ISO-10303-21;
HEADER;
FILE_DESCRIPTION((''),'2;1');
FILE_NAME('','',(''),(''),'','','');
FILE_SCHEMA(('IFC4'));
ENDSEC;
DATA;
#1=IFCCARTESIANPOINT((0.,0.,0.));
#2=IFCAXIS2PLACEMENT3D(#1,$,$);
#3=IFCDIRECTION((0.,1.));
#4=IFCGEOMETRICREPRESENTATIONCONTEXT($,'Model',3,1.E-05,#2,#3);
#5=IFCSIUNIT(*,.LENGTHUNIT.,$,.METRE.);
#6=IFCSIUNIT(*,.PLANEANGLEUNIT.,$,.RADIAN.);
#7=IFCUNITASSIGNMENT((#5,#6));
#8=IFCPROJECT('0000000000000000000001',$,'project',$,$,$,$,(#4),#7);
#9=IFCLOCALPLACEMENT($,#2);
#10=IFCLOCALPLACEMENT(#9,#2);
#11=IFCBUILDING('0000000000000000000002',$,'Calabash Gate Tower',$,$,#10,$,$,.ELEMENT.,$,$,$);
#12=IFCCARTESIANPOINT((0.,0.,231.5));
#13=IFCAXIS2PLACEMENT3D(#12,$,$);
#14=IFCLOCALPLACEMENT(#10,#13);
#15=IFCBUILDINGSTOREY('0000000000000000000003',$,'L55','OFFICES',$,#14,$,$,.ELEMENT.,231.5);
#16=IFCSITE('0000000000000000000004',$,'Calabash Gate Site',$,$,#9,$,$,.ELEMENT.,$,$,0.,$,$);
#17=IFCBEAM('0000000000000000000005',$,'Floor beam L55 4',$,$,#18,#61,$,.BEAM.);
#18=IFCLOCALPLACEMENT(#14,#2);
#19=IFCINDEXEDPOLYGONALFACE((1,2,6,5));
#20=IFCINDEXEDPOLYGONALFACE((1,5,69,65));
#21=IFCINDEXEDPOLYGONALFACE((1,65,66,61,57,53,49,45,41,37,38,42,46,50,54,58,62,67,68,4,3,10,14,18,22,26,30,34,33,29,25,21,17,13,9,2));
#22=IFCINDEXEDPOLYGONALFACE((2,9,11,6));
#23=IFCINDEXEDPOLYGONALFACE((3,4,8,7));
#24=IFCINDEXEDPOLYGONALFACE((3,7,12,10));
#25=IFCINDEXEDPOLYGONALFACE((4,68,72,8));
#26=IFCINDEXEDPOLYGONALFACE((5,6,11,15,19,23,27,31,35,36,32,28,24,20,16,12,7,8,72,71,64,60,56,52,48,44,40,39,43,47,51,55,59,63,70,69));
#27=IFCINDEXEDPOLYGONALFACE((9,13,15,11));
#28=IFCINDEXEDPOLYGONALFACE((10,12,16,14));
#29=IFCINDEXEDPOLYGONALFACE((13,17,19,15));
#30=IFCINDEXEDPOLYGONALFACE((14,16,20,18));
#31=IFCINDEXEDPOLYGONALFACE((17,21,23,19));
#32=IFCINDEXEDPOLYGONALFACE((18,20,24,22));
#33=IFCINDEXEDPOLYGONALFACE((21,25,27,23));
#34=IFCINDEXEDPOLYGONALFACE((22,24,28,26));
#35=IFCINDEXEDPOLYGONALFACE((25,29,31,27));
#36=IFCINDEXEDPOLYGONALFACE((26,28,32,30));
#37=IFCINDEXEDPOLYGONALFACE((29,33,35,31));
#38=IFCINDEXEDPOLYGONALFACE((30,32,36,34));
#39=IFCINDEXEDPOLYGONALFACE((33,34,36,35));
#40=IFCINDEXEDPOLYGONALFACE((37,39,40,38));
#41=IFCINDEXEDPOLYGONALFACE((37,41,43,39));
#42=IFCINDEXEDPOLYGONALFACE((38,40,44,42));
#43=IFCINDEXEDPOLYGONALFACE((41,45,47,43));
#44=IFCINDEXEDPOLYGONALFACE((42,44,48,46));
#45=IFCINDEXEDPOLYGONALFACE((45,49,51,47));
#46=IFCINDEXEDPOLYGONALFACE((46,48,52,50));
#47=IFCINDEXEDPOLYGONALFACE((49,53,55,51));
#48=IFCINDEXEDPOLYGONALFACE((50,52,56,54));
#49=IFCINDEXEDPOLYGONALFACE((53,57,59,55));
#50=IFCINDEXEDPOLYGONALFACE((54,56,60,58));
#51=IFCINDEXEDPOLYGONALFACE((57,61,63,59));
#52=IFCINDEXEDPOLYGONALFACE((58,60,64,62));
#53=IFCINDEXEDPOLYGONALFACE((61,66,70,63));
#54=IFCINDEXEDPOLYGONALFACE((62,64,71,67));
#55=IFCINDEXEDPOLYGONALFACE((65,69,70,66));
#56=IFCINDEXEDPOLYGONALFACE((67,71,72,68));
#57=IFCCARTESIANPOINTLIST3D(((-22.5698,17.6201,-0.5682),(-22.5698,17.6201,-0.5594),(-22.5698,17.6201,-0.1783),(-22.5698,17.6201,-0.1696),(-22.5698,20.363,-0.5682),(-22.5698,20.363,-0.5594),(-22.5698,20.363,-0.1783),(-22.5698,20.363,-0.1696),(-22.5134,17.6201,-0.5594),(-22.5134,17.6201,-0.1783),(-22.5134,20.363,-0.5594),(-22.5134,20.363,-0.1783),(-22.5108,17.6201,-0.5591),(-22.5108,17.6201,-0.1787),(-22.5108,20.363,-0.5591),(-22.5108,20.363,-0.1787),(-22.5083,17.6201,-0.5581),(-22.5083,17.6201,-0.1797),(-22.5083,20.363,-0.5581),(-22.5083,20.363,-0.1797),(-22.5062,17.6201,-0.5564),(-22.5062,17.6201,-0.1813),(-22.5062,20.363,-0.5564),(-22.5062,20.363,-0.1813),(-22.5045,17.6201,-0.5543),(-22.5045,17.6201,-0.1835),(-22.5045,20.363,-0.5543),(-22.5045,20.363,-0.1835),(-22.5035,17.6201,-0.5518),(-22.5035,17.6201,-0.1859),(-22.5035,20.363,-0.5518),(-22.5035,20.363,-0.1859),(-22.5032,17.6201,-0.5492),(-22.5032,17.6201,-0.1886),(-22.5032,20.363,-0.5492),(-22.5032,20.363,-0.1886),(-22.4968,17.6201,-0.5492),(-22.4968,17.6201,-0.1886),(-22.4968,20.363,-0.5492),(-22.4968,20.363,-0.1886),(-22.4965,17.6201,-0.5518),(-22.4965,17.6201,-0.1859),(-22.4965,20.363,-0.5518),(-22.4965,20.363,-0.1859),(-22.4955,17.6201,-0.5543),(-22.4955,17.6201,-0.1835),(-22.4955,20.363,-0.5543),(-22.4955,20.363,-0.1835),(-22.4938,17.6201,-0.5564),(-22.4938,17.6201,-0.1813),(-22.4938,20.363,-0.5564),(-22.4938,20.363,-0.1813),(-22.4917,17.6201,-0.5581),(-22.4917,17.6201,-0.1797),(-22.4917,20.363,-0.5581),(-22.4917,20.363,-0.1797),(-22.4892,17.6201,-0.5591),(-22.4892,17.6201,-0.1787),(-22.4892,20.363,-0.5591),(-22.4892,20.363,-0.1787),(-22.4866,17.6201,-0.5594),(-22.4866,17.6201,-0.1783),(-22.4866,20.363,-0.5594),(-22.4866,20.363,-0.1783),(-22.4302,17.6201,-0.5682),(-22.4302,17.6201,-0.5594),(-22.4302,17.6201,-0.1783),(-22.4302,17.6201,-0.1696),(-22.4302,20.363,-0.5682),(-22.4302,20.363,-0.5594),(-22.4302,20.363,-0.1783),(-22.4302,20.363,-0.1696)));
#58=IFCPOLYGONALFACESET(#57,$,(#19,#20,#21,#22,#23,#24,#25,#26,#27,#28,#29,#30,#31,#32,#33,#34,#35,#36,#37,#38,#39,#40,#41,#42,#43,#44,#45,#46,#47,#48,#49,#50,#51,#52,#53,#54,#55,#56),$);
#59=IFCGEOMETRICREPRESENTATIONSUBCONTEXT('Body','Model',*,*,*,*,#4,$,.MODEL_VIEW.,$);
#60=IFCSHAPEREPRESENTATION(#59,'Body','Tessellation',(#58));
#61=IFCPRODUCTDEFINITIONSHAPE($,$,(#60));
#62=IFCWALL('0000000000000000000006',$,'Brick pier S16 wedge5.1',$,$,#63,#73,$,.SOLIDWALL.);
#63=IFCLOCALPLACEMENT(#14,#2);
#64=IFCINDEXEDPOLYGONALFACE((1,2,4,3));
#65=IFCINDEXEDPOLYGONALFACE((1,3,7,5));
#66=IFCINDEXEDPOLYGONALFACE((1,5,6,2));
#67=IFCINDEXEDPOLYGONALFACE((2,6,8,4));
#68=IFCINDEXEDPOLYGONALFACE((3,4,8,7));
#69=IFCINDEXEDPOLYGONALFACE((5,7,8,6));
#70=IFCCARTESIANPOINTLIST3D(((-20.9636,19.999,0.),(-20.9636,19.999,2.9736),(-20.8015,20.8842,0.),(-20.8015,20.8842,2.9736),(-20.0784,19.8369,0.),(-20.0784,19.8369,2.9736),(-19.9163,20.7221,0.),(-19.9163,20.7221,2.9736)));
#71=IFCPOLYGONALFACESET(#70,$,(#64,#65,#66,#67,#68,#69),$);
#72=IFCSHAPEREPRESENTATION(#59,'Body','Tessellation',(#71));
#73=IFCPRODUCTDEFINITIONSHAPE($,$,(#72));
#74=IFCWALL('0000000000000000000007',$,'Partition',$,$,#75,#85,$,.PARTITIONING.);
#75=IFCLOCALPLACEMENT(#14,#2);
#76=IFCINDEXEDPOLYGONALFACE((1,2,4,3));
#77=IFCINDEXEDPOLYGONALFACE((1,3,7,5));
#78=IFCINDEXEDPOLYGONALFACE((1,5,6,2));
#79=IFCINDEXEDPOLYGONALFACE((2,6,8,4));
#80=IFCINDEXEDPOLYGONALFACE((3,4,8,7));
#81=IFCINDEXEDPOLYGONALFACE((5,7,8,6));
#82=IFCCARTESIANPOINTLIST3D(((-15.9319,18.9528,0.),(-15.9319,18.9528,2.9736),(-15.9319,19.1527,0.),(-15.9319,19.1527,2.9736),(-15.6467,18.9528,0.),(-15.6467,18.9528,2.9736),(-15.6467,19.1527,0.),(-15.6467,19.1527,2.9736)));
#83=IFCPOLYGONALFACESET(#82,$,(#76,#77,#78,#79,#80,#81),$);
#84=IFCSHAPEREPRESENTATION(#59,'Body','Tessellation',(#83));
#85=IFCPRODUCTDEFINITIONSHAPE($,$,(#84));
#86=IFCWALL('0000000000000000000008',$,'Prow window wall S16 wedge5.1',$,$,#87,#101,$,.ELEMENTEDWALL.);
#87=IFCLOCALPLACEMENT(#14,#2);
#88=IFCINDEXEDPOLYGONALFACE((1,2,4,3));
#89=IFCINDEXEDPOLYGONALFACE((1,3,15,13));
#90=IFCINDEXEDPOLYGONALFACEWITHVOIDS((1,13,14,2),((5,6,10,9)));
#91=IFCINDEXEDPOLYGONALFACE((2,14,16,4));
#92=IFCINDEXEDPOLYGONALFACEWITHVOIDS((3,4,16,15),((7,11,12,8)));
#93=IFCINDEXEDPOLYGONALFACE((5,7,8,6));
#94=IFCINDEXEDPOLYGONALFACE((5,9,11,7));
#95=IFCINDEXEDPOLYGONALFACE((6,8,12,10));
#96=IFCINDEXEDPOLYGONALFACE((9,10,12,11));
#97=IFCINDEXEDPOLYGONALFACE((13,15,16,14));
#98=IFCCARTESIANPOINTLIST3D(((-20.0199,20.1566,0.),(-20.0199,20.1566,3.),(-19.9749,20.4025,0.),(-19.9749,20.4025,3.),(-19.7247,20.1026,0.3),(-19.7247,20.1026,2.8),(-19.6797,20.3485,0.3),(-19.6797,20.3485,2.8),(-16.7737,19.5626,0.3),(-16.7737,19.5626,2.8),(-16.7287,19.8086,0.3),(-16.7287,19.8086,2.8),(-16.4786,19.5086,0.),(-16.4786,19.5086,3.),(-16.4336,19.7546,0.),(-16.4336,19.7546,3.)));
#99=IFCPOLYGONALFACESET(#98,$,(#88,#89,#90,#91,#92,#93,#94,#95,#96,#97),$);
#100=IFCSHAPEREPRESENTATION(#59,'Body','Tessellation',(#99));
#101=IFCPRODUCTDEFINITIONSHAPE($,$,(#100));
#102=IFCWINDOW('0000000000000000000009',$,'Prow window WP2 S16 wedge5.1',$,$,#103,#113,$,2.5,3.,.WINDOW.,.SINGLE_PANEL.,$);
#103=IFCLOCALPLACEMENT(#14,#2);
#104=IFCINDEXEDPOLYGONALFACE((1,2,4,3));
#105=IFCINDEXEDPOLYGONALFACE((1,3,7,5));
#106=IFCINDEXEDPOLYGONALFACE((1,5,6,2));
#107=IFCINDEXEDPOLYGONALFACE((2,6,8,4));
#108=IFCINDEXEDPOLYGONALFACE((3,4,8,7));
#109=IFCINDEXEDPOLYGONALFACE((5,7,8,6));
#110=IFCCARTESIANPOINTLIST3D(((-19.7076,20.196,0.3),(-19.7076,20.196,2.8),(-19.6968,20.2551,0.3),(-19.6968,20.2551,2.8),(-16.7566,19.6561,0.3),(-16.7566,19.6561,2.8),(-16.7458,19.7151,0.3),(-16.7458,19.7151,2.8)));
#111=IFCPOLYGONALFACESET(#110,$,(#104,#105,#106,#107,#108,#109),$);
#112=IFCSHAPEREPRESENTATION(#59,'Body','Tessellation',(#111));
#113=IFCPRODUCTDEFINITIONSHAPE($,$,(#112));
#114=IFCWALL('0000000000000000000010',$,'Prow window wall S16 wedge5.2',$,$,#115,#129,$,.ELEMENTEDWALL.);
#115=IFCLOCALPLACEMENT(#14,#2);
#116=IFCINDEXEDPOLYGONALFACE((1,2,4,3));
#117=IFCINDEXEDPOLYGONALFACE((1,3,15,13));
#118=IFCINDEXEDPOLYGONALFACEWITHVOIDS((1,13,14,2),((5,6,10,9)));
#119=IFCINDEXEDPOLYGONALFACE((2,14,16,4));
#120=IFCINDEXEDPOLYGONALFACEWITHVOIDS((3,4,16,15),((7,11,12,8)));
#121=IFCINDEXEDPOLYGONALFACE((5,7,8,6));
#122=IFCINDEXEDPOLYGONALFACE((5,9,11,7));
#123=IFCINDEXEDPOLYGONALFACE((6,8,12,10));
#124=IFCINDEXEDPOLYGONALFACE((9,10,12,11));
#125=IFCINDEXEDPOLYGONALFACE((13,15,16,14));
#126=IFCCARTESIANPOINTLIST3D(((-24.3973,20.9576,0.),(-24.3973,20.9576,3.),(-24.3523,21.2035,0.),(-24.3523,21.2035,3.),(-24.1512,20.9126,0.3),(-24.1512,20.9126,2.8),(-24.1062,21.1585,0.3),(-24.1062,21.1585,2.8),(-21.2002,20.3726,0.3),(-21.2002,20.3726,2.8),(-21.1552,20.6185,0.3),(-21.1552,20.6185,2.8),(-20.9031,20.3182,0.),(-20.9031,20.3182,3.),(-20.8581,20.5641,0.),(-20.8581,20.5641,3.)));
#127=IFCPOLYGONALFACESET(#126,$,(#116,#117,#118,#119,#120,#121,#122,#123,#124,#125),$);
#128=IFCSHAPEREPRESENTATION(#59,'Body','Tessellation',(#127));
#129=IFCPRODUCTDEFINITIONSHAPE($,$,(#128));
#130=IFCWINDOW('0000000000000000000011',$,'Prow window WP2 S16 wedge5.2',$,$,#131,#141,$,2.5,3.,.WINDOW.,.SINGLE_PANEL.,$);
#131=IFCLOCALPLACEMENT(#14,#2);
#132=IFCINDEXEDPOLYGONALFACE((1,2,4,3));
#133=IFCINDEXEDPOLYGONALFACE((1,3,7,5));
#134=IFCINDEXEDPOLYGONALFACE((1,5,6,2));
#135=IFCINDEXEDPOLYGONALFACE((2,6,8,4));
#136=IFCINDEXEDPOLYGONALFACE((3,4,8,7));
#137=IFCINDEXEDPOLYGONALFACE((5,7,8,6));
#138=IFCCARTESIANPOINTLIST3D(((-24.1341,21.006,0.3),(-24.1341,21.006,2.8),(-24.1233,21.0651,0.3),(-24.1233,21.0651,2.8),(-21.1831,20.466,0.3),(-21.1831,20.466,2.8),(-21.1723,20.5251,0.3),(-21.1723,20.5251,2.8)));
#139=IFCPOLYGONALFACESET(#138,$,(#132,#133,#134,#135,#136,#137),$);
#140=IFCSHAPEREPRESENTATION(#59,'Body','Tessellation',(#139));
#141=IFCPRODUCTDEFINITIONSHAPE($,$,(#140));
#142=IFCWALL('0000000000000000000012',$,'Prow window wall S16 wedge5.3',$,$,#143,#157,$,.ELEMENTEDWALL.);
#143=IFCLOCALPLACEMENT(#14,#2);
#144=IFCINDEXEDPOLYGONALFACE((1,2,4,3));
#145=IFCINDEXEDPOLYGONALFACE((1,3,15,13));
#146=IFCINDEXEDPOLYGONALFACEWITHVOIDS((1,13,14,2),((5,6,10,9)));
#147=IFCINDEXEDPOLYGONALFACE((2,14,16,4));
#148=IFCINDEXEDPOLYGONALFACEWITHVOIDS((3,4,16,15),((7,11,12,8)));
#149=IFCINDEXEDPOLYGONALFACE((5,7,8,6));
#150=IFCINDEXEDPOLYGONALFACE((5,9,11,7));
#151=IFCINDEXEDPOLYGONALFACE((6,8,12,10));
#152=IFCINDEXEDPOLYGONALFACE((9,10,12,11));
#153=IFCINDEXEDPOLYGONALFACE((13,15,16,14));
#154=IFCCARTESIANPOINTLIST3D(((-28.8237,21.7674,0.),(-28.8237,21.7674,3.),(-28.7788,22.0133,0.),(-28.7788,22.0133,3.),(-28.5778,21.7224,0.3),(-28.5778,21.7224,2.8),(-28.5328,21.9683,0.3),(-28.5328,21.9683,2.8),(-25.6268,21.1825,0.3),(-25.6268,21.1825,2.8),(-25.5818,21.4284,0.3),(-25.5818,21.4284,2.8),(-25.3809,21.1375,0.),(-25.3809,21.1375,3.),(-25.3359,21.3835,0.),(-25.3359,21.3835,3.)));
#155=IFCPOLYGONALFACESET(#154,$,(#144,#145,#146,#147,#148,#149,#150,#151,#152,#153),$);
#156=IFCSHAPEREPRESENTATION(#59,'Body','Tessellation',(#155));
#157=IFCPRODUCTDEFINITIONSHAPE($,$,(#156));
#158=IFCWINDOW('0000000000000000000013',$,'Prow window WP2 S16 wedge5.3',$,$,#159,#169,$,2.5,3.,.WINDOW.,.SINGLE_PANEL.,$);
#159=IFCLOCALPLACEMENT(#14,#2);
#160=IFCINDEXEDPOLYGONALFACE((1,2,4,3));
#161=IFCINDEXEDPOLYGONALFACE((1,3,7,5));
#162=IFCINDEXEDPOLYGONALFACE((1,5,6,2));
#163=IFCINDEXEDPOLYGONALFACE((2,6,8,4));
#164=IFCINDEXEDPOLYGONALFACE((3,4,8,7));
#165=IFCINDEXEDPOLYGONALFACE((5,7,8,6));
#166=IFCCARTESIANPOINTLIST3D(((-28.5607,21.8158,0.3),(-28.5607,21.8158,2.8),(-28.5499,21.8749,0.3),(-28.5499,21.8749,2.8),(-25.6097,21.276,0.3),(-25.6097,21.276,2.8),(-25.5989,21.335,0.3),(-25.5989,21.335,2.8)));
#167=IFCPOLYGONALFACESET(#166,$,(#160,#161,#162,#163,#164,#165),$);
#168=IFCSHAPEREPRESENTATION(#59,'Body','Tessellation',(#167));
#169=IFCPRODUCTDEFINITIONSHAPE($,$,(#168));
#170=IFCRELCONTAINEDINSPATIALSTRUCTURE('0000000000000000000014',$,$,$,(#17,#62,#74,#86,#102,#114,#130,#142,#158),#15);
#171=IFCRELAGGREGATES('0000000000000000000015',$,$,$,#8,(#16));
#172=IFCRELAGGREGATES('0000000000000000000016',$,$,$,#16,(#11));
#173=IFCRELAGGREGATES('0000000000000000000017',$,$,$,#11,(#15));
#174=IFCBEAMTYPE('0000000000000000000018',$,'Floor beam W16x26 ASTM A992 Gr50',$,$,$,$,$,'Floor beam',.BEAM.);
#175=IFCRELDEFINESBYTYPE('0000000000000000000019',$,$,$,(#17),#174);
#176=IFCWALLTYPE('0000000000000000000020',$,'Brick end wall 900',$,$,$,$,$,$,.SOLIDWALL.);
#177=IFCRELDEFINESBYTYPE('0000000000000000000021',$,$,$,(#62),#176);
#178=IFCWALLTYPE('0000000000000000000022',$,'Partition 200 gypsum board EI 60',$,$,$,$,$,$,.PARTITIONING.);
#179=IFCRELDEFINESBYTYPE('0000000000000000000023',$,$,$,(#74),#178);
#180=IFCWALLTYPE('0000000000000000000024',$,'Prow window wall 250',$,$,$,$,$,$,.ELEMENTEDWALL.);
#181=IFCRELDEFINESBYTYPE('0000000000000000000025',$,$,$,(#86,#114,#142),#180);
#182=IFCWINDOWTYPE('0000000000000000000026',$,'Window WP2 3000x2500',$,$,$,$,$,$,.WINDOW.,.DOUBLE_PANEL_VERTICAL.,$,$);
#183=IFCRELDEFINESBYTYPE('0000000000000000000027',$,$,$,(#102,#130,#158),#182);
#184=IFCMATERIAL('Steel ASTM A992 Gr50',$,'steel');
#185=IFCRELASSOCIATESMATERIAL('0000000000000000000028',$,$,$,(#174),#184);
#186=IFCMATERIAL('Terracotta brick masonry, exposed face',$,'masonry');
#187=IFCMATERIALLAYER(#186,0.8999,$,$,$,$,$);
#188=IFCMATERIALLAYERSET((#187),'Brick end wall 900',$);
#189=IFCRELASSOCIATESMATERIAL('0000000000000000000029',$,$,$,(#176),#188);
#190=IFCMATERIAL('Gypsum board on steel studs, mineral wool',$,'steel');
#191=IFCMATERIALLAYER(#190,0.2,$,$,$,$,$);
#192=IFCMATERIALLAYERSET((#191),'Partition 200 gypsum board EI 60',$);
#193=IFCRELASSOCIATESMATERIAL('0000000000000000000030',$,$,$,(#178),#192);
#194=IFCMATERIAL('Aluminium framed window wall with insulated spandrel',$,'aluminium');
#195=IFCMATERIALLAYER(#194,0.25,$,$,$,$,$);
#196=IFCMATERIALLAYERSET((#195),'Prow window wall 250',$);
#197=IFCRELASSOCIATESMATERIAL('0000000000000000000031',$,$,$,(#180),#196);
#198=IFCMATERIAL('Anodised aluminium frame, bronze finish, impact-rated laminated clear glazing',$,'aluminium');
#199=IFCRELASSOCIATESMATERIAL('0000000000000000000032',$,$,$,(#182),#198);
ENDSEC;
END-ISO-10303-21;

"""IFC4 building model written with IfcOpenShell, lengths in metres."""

from ifc_helpers import new_model, si_unit, direction, frame, frame_2d, origin, origin_2d, place, context, subcontext, project, spatial, rectangle, i_section, extrude, material, layer, layer_set, material_profile, profile_set, type_object, element, fill, save


model = new_model("IFC4")

# Units and contexts
model_context = context("Model", 3, precision=1e-05, world=origin(), true_north=direction((0.0, 1.0)))
body_context = subcontext(model_context, "Body", "Model", "MODEL_VIEW")
ifc_project = project(units=[si_unit("LENGTHUNIT", "METRE"), si_unit("PLANEANGLEUNIT", "RADIAN")], contexts=[model_context])

# Site, building, storey
site_placement = place(None, origin())
site = spatial("IfcSite", under=ifc_project, at=site_placement, Name="Calabash Gate Site", CompositionType="ELEMENT", RefElevation=0.0)
building_placement = place(site_placement, origin())
building = spatial("IfcBuilding", under=site, at=building_placement, Name="Calabash Gate Tower", CompositionType="ELEMENT")
storey_placement = place(building_placement, frame((0.0, 0.0, 231.5)))
storey = spatial("IfcBuildingStorey", under=building, at=storey_placement, Name="L55", Description="OFFICES", CompositionType="ELEMENT", Elevation=231.5)

# Beam
ifc_material_1 = material(Name="Steel ASTM A992 Gr50", Category="steel")
ifc_material_profile_1 = material_profile(ifc_material_1, i_section(OverallWidth=0.1396, OverallDepth=0.3987, WebThickness=0.0063, FlangeThickness=0.0088, FilletRadius=0.0103, at=origin_2d()))
ifc_profile_set_1 = profile_set([ifc_material_profile_1], Name="Steel ASTM A992 Gr50")
beam_type_1 = type_object("IfcBeamType", Name="Floor beam W16x26 ASTM A992 Gr50", ElementType="Floor beam", PredefinedType="BEAM", material=ifc_profile_set_1)
beam_1_placement = place(storey_placement, frame((-22.5, 17.6201, -0.3689), z_axis=(0.0, 1.0, 0.0), x_axis=(-1.0, 0.0, 0.0)))
element("IfcBeam", 1, at=beam_1_placement, inside=storey, type_object=beam_type_1, Name="Floor beam L55 4", PredefinedType="BEAM", context=body_context, shape_type="SweptSolid", body=[
    extrude(i_section(OverallWidth=0.1396, OverallDepth=0.3987, WebThickness=0.0063, FlangeThickness=0.0088, FilletRadius=0.0103, at=origin_2d()), origin(), (0.0, 0.0, 1.0), 2.7429),
])

# Walls
ifc_material_2 = material(Name="Terracotta brick masonry, exposed face", Category="masonry")
ifc_layer_1 = layer(ifc_material_2, 0.8999)
ifc_layer_set_1 = layer_set([ifc_layer_1], Name="Brick end wall 900")
wall_type_1 = type_object("IfcWallType", Name="Brick end wall 900", PredefinedType="SOLIDWALL", material=ifc_layer_set_1)
wall_1_placement = place(storey_placement, frame((-20.521, 19.918, 0.0), z_axis=(0.0, 0.0, 1.0), x_axis=(0.180127, 0.983643, 0.0)))
element("IfcWall", 2, at=wall_1_placement, inside=storey, type_object=wall_type_1, Name="Brick pier S16 wedge5.1", PredefinedType="SOLIDWALL", context=body_context, shape_type="SweptSolid", body=[
    extrude(rectangle(XDim=0.8999, YDim=0.8999, at=frame_2d((0.45, 0.0))), origin(), (0.0, 0.0, 1.0), 2.9736),
])
ifc_material_3 = material(Name="Gypsum board on steel studs, mineral wool", Category="steel")
ifc_layer_2 = layer(ifc_material_3, 0.2)
ifc_layer_set_2 = layer_set([ifc_layer_2], Name="Partition 200 gypsum board EI 60")
wall_type_2 = type_object("IfcWallType", Name="Partition 200 gypsum board EI 60", PredefinedType="PARTITIONING", material=ifc_layer_set_2)
wall_2_placement = place(storey_placement, frame((-15.9319, 19.0527, 0.0), z_axis=(0.0, 0.0, 1.0), x_axis=(1.0, 0.0, 0.0)))
element("IfcWall", 3, at=wall_2_placement, inside=storey, type_object=wall_type_2, Name="Partition", PredefinedType="PARTITIONING", context=body_context, shape_type="SweptSolid", body=[
    extrude(rectangle(XDim=0.2852, YDim=0.2, at=frame_2d((0.1426, 0.0))), origin(), (0.0, 0.0, 1.0), 2.9736),
])

# Walls, openings, windows
ifc_material_4 = material(Name="Aluminium framed window wall with insulated spandrel", Category="aluminium")
ifc_layer_3 = layer(ifc_material_4, 0.25)
ifc_layer_set_3 = layer_set([ifc_layer_3], Name="Prow window wall 250")
wall_type_3 = type_object("IfcWallType", Name="Prow window wall 250", PredefinedType="ELEMENTEDWALL", material=ifc_layer_set_3)
wall_3_placement = place(storey_placement, frame((-16.4561, 19.6316, 0.0), z_axis=(0.0, 0.0, 1.0), x_axis=(-0.98367, 0.179983, 0.0)))
wall_3 = element("IfcWall", 4, at=wall_3_placement, inside=storey, type_object=wall_type_3, Name="Prow window wall S16 wedge5.1", PredefinedType="ELEMENTEDWALL", context=body_context, shape_type="SweptSolid", body=[
    extrude(rectangle(XDim=3.6001, YDim=0.25, at=frame_2d((1.8, 0.0))), origin(), (0.0, 0.0, 1.0), 3.0),
])
opening_1_placement = place(wall_3_placement, frame((0.3, 0.0, 0.3)))
opening_1 = element("IfcOpeningElement", 5, at=opening_1_placement, cuts=wall_3, PredefinedType="OPENING", context=body_context, shape_type="SweptSolid", body=[
    extrude(rectangle(XDim=3.0, YDim=2.5, at=frame_2d((1.5, 1.25))), frame((0.0, 0.135, 0.0), z_axis=(0.0, -1.0, 0.0), x_axis=(1.0, 0.0, 0.0)), (0.0, 0.0, 1.0), 0.27),
])
ifc_material_5 = material(Name="Anodised aluminium frame, bronze finish, impact-rated laminated clear glazing", Category="aluminium")
window_type = type_object("IfcWindowType", Name="Window WP2 3000x2500", PartitioningType="DOUBLE_PANEL_VERTICAL", PredefinedType="WINDOW", material=ifc_material_5)
window_1_placement = place(opening_1_placement, origin())
window_1 = element("IfcWindow", 6, at=window_1_placement, inside=storey, type_object=window_type, Name="Prow window WP2 S16 wedge5.1", OverallHeight=2.5, OverallWidth=3.0, PartitioningType="SINGLE_PANEL", PredefinedType="WINDOW", context=body_context, shape_type="SweptSolid", body=[
    extrude(rectangle(XDim=3.0, YDim=2.5, at=frame_2d((1.5, 1.25))), frame((0.0, 0.03, 0.0), z_axis=(0.0, -1.0, 0.0), x_axis=(1.0, 0.0, 0.0)), (0.0, 0.0, 1.0), 0.0601),
])
fill(opening_1, window_1)
wall_4_placement = place(storey_placement, frame((-20.8806, 20.4412, 0.0), z_axis=(0.0, 0.0, 1.0), x_axis=(-0.983666, 0.180004, 0.0)))
wall_4 = element("IfcWall", 7, at=wall_4_placement, inside=storey, type_object=wall_type_3, Name="Prow window wall S16 wedge5.2", PredefinedType="ELEMENTEDWALL", context=body_context, shape_type="SweptSolid", body=[
    extrude(rectangle(XDim=3.5522, YDim=0.25, at=frame_2d((1.7761, 0.0))), origin(), (0.0, 0.0, 1.0), 3.0),
])
opening_2_placement = place(wall_4_placement, frame((0.302, 0.0, 0.3)))
opening_2 = element("IfcOpeningElement", 8, at=opening_2_placement, cuts=wall_4, PredefinedType="OPENING", context=body_context, shape_type="SweptSolid", body=[
    extrude(rectangle(XDim=3.0, YDim=2.5, at=frame_2d((1.5, 1.25))), frame((0.0, 0.135, 0.0), z_axis=(0.0, -1.0, 0.0), x_axis=(1.0, 0.0, 0.0)), (0.0, 0.0, 1.0), 0.27),
])
window_2_placement = place(opening_2_placement, origin())
window_2 = element("IfcWindow", 9, at=window_2_placement, inside=storey, type_object=window_type, Name="Prow window WP2 S16 wedge5.2", OverallHeight=2.5, OverallWidth=3.0, PartitioningType="SINGLE_PANEL", PredefinedType="WINDOW", context=body_context, shape_type="SweptSolid", body=[
    extrude(rectangle(XDim=3.0, YDim=2.5, at=frame_2d((1.5, 1.25))), frame((0.0, 0.03, 0.0), z_axis=(0.0, -1.0, 0.0), x_axis=(1.0, 0.0, 0.0)), (0.0, 0.0, 1.0), 0.0601),
])
fill(opening_2, window_2)
wall_5_placement = place(storey_placement, frame((-25.3584, 21.2605, 0.0), z_axis=(0.0, 0.0, 1.0), x_axis=(-0.983673, 0.179966, 0.0)))
wall_5 = element("IfcWall", 10, at=wall_5_placement, inside=storey, type_object=wall_type_3, Name="Prow window wall S16 wedge5.3", PredefinedType="ELEMENTEDWALL", context=body_context, shape_type="SweptSolid", body=[
    extrude(rectangle(XDim=3.5, YDim=0.25, at=frame_2d((1.75, 0.0))), origin(), (0.0, 0.0, 1.0), 3.0),
])
opening_3_placement = place(wall_5_placement, frame((0.25, 0.0, 0.3)))
opening_3 = element("IfcOpeningElement", 11, at=opening_3_placement, cuts=wall_5, PredefinedType="OPENING", context=body_context, shape_type="SweptSolid", body=[
    extrude(rectangle(XDim=3.0, YDim=2.5, at=frame_2d((1.5, 1.25))), frame((0.0, 0.135, 0.0), z_axis=(0.0, -1.0, 0.0), x_axis=(1.0, 0.0, 0.0)), (0.0, 0.0, 1.0), 0.27),
])
window_3_placement = place(opening_3_placement, origin())
window_3 = element("IfcWindow", 12, at=window_3_placement, inside=storey, type_object=window_type, Name="Prow window WP2 S16 wedge5.3", OverallHeight=2.5, OverallWidth=3.0, PartitioningType="SINGLE_PANEL", PredefinedType="WINDOW", context=body_context, shape_type="SweptSolid", body=[
    extrude(rectangle(XDim=3.0, YDim=2.5, at=frame_2d((1.5, 1.25))), frame((0.0, 0.03, 0.0), z_axis=(0.0, -1.0, 0.0), x_axis=(1.0, 0.0, 0.0)), (0.0, 0.0, 1.0), 0.0601),
])
fill(opening_3, window_3)

save(model, "model.ifc")
